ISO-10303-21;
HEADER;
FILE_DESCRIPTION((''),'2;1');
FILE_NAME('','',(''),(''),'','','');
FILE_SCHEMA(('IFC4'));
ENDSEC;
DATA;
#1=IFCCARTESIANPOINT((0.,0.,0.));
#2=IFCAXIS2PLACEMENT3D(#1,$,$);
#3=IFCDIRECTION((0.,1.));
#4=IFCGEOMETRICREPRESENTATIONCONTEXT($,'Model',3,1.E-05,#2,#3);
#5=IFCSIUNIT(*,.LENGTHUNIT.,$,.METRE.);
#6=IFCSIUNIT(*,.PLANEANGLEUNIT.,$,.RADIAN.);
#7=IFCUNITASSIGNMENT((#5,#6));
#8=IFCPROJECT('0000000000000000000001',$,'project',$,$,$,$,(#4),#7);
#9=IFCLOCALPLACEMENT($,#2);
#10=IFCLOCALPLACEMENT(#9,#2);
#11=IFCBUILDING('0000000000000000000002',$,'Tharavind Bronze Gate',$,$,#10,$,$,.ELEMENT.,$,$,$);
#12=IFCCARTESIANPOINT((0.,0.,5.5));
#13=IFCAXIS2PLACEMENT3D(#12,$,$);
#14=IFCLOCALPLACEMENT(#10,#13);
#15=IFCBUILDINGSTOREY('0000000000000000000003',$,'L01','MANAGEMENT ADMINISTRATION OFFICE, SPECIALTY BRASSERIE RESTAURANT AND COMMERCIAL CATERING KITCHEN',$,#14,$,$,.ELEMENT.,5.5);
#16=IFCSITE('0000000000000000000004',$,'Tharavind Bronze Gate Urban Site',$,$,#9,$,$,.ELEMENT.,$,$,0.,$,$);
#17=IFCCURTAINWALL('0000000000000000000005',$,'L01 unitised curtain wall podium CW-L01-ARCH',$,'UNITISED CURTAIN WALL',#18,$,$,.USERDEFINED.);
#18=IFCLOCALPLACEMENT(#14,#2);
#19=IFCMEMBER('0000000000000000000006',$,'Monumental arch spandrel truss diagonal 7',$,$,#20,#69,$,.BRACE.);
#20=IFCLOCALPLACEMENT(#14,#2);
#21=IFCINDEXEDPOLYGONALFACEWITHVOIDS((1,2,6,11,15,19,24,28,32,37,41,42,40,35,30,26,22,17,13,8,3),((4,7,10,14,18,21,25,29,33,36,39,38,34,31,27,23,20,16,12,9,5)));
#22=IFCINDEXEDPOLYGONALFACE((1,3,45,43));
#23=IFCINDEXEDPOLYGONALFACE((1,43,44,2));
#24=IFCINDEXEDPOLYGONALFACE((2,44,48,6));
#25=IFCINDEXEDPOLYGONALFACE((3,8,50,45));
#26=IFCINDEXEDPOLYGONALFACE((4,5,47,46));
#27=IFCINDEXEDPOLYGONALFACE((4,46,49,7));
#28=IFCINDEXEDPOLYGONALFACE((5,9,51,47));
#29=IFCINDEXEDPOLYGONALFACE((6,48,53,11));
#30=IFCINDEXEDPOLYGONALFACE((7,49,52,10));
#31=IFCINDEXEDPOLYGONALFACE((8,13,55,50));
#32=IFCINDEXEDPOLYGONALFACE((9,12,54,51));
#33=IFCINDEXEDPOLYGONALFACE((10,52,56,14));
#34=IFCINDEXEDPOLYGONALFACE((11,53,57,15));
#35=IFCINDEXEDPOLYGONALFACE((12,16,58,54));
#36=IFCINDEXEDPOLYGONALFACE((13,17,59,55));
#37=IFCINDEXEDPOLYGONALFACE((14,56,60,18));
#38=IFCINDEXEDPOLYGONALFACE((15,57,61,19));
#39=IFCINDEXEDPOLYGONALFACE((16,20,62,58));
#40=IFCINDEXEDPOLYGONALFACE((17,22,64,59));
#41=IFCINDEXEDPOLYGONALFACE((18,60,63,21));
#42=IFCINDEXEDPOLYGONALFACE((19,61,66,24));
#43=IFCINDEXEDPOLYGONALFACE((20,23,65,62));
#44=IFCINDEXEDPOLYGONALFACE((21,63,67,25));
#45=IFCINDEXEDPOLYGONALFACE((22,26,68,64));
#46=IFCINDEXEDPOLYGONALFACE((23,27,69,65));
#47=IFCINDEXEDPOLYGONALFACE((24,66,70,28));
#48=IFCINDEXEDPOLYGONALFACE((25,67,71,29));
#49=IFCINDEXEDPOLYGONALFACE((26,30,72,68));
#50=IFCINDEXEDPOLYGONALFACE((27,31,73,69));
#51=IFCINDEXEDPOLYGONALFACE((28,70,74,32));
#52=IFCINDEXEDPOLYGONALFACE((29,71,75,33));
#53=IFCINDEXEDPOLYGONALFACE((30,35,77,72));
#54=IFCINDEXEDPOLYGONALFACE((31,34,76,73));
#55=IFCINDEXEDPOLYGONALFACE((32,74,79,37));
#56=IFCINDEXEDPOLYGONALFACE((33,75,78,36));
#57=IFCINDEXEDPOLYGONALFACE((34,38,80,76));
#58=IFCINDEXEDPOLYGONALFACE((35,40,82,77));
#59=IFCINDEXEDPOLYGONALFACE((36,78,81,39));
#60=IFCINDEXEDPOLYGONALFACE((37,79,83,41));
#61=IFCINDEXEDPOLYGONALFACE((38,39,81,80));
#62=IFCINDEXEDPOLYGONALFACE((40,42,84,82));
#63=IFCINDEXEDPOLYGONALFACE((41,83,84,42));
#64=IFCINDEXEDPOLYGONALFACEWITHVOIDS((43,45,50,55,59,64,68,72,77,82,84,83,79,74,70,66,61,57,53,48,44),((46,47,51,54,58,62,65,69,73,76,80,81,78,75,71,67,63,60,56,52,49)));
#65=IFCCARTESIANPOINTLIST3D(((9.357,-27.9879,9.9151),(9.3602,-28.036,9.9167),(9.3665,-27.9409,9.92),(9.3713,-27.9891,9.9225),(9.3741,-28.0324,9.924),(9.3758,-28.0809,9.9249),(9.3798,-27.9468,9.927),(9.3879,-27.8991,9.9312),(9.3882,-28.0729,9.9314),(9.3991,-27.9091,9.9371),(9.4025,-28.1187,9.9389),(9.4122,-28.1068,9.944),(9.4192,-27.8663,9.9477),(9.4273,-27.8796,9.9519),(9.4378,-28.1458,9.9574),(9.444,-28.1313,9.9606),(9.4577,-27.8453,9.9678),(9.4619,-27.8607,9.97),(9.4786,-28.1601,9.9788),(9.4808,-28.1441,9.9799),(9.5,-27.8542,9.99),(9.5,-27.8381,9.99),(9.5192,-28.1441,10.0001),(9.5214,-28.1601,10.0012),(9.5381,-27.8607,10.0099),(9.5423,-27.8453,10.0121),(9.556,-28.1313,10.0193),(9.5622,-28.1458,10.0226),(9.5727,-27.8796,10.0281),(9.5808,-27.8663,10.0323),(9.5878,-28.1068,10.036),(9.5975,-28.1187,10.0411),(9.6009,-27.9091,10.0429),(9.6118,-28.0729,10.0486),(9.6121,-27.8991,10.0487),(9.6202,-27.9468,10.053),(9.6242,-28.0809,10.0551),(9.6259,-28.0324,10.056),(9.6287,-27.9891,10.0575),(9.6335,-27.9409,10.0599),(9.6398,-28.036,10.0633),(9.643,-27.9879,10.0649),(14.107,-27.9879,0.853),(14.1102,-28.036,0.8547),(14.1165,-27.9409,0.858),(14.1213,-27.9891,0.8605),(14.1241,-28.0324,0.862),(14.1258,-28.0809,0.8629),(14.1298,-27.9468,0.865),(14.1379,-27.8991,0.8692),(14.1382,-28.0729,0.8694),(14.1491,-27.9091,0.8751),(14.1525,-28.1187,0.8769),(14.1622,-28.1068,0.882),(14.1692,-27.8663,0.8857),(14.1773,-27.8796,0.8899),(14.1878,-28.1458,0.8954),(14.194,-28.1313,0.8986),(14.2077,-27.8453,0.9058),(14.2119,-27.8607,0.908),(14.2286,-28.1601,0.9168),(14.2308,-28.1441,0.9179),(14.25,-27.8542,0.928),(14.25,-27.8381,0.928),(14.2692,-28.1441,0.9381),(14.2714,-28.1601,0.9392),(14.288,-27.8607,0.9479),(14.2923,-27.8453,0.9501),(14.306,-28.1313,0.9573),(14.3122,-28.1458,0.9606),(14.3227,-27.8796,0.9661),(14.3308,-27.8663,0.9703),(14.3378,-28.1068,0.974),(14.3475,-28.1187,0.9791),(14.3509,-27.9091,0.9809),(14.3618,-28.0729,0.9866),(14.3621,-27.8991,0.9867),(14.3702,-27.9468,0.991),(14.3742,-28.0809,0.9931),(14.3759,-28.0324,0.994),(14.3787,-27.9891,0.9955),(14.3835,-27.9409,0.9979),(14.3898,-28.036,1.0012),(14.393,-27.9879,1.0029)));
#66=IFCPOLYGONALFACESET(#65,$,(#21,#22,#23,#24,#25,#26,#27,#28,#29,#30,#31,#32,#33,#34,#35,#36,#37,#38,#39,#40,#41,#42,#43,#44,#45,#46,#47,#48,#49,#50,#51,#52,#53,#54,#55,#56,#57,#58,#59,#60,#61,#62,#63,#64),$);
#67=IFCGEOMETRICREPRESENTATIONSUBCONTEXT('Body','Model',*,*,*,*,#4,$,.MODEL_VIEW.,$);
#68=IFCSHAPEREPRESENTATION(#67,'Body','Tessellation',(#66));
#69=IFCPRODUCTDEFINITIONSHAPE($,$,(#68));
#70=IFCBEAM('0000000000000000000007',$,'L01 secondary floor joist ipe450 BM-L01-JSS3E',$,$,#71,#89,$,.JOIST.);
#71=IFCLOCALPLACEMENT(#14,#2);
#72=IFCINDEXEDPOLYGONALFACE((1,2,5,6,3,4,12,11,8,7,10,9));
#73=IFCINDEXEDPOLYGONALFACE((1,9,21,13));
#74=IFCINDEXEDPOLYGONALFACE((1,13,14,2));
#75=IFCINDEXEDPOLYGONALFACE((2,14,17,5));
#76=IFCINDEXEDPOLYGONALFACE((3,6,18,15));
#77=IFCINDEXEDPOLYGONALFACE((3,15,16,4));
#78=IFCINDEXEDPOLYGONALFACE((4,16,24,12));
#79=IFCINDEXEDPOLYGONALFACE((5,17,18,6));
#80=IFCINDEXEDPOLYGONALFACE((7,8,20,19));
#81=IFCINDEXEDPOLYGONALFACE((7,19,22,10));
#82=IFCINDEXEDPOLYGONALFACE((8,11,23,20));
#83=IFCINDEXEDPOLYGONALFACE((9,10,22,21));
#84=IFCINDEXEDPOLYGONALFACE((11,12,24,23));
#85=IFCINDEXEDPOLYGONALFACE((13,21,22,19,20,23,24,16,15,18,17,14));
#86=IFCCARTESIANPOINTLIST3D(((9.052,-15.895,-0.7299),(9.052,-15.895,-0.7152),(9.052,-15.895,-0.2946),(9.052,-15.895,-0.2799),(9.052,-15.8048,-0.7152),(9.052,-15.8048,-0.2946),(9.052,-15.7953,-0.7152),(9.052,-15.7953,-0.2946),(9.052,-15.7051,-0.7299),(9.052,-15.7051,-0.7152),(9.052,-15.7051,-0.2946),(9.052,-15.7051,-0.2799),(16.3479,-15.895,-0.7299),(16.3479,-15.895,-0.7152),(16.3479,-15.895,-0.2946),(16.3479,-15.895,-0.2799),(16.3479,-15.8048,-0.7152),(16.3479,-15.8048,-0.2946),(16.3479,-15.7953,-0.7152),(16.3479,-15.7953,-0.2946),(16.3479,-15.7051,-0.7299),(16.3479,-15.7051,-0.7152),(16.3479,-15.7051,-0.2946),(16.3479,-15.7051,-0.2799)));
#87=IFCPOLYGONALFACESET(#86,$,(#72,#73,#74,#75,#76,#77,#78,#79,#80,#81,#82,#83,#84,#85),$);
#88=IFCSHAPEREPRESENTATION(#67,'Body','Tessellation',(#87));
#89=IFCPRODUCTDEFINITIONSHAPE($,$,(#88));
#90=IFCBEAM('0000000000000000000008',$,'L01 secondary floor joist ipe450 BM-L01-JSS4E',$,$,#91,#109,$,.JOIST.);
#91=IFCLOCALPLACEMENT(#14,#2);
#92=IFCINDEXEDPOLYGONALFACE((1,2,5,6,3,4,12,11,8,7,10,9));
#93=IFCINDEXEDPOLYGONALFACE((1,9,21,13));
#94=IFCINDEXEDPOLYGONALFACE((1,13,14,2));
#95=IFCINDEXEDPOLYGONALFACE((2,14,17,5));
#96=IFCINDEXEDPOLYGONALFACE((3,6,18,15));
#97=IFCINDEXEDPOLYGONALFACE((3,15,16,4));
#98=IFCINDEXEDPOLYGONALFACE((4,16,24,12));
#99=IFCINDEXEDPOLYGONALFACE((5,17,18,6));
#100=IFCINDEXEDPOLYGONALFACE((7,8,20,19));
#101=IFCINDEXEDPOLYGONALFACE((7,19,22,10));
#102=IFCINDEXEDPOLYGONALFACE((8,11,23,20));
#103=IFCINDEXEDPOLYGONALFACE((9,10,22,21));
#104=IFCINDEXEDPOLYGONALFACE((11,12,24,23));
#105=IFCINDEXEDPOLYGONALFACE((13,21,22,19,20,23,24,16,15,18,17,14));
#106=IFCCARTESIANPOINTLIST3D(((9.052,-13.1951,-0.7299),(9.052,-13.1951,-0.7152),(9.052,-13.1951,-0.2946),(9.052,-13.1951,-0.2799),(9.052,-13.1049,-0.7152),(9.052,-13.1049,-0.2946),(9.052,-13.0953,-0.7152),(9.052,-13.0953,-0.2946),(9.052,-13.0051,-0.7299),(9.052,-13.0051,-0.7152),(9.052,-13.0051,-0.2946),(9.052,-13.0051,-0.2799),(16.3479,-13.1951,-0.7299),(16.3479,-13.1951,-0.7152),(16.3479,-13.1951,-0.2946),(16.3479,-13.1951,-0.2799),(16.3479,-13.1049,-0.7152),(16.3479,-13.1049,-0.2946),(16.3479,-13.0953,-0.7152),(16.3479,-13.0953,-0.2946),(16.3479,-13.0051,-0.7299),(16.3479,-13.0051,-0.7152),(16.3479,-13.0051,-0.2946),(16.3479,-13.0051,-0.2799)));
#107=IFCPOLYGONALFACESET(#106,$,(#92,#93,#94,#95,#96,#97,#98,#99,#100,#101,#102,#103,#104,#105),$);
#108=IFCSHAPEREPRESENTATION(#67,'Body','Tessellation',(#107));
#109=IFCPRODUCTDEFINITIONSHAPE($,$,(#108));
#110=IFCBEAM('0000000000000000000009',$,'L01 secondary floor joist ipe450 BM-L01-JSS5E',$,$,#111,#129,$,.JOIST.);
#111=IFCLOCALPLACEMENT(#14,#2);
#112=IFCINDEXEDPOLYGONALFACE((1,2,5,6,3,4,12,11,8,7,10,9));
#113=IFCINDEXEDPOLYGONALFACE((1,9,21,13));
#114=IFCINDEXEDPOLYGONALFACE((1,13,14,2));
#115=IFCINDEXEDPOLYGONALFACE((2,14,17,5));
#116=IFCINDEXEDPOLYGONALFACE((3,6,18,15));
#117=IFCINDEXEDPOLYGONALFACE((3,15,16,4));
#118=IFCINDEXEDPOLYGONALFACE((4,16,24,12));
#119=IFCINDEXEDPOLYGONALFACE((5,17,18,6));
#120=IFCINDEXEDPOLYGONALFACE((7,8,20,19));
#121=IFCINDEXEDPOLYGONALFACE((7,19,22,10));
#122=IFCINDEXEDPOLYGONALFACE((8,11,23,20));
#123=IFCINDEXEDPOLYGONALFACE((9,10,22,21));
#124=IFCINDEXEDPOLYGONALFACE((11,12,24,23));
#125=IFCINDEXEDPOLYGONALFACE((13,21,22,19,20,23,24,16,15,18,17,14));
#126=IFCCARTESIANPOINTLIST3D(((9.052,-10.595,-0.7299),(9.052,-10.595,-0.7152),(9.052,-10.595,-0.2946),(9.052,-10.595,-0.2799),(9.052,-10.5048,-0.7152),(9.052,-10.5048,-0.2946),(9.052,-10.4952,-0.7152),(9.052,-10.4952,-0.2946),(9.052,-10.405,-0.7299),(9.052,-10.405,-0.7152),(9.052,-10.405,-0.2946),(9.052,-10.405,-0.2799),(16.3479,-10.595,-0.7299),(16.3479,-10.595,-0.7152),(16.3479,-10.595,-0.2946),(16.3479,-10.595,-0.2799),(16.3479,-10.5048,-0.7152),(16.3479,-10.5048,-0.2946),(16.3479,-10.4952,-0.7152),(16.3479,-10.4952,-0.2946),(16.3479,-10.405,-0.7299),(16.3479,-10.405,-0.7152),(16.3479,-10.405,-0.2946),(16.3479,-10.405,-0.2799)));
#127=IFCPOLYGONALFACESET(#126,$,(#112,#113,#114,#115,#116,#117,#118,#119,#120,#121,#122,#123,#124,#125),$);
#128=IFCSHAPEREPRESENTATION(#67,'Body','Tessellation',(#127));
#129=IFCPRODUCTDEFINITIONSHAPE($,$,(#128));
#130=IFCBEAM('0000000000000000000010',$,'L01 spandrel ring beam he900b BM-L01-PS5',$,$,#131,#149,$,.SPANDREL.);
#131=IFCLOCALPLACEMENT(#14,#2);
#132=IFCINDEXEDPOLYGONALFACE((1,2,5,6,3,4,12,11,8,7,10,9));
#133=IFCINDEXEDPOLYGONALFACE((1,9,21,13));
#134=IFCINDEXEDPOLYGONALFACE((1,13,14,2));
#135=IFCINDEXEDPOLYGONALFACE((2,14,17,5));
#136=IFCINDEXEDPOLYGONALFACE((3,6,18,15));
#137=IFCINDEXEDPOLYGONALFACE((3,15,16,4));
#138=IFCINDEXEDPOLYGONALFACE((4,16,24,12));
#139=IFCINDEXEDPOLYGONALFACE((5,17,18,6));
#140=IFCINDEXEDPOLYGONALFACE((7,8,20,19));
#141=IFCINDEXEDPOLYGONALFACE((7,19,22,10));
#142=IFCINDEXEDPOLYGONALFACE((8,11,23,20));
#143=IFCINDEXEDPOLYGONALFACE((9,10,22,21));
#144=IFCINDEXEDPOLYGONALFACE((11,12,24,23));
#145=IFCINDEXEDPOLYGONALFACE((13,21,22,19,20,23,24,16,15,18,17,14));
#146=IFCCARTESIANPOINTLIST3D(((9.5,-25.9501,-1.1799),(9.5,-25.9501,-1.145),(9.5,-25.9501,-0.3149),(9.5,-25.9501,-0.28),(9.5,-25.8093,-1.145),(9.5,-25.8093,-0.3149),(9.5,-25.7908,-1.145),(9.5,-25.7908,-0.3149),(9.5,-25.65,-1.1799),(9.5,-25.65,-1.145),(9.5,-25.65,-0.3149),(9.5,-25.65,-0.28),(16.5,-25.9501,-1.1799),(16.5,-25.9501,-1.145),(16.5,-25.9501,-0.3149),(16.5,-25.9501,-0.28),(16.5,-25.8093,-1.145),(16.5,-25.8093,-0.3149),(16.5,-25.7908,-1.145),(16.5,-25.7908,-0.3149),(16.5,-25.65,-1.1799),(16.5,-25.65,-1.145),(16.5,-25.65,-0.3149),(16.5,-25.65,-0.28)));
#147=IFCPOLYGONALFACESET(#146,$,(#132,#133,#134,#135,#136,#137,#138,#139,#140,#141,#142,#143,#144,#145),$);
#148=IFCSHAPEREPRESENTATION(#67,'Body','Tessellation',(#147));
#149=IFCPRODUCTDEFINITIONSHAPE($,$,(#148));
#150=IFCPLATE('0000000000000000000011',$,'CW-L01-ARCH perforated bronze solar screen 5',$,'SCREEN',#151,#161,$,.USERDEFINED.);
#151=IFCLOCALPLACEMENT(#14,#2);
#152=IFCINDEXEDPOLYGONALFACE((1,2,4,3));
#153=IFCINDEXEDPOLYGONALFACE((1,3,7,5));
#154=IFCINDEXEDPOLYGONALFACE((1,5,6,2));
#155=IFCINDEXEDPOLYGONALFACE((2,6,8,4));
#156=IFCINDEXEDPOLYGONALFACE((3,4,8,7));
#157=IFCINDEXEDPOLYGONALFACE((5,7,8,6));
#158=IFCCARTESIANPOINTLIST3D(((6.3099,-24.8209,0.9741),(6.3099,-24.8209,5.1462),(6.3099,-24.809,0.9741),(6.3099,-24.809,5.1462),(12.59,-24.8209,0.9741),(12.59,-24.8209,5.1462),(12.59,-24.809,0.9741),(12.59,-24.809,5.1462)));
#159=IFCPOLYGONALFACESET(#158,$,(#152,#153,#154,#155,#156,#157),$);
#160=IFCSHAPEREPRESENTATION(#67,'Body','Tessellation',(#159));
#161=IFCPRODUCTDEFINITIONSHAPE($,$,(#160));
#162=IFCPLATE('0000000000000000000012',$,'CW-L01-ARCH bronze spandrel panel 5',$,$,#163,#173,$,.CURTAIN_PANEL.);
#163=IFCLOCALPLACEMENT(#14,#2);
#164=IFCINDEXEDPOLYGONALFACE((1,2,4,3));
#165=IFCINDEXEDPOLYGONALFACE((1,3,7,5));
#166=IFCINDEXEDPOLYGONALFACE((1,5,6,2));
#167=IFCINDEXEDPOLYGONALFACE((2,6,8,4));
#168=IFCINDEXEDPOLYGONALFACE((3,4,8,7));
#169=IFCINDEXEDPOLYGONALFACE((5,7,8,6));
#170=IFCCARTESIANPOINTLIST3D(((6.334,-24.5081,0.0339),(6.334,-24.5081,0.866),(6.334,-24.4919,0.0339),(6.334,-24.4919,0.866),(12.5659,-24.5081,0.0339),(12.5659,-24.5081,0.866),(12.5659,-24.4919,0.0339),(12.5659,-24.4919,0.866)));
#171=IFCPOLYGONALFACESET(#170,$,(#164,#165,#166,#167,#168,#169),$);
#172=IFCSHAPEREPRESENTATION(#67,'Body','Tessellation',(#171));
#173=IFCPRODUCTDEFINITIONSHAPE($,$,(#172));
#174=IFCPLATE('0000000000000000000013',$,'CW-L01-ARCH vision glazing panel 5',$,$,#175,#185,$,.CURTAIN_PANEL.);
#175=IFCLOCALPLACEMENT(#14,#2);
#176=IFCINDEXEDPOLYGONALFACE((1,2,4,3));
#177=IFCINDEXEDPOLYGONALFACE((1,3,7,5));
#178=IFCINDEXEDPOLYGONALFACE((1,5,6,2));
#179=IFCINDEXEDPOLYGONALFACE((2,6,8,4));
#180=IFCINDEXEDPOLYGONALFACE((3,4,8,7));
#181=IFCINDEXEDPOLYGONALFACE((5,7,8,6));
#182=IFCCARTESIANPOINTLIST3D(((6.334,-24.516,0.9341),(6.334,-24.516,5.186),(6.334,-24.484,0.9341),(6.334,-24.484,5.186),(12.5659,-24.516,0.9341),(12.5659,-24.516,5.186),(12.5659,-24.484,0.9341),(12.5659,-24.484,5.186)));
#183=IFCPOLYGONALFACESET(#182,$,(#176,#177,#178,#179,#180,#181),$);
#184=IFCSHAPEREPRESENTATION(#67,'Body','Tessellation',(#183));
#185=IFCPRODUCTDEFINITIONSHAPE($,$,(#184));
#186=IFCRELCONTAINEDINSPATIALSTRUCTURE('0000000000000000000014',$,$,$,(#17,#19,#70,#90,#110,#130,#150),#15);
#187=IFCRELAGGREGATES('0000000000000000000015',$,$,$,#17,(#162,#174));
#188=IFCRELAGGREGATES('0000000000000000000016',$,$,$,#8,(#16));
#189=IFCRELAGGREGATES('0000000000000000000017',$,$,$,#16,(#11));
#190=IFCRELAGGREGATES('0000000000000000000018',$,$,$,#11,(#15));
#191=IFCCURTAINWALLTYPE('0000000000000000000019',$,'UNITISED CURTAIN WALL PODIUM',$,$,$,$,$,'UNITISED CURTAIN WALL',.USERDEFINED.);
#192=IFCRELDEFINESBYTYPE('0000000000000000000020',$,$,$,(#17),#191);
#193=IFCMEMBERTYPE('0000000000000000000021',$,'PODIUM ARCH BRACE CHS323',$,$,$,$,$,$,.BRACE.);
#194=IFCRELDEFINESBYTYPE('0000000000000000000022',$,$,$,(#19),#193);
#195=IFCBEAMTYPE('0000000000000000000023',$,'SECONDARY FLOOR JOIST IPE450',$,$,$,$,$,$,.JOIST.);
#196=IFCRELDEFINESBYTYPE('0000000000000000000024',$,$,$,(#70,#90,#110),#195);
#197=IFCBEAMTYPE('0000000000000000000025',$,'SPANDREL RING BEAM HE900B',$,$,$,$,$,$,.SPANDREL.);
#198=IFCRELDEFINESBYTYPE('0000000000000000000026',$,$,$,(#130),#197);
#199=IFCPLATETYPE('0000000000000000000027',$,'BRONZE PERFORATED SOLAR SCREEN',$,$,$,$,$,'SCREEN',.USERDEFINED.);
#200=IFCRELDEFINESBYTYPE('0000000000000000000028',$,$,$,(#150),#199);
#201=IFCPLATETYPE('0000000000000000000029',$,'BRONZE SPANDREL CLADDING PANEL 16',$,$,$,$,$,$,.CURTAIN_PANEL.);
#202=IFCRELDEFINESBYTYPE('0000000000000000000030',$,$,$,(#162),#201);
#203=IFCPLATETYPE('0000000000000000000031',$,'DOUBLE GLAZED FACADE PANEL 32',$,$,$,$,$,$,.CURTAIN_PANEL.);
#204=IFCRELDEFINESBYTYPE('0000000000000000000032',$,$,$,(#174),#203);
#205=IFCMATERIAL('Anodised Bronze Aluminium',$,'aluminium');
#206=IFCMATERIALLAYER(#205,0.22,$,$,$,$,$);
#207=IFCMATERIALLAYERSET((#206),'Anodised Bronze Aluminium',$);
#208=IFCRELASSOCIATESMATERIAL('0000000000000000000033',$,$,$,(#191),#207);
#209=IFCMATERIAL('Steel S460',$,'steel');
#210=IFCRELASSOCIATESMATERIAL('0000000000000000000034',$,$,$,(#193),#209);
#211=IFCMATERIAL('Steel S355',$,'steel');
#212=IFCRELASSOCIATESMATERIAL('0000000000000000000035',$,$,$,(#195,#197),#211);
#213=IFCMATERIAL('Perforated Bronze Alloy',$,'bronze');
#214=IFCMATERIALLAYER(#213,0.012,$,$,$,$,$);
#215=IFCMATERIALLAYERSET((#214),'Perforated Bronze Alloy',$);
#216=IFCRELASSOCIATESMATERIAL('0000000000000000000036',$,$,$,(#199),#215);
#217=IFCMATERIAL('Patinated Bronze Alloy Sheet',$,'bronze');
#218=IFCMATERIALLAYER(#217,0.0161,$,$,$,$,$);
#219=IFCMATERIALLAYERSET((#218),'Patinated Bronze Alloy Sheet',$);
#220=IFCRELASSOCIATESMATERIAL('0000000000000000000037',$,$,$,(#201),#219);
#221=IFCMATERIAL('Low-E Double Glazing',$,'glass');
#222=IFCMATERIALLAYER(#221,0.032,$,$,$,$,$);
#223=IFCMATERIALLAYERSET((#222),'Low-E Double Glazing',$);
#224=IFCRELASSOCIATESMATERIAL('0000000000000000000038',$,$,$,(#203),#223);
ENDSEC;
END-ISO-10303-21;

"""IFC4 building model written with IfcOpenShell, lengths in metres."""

from ifc_helpers import new_model, si_unit, direction, frame, origin, origin_2d, place, context, subcontext, project, spatial, rectangle, hollow_circle, i_section, extrude, material, layer, layer_set, material_profile, profile_set, type_object, element, aggregate, save


model = new_model("IFC4")

# Units and contexts
model_context = context("Model", 3, precision=1e-05, world=origin(), true_north=direction((0.0, 1.0)))
body_context = subcontext(model_context, "Body", "Model", "MODEL_VIEW")
ifc_project = project(units=[si_unit("LENGTHUNIT", "METRE"), si_unit("PLANEANGLEUNIT", "RADIAN")], contexts=[model_context])

# Site, building, storey
site_placement = place(None, origin())
site = spatial("IfcSite", under=ifc_project, at=site_placement, Name="Tharavind Bronze Gate Urban Site", CompositionType="ELEMENT", RefElevation=0.0)
building_placement = place(site_placement, origin())
building = spatial("IfcBuilding", under=site, at=building_placement, Name="Tharavind Bronze Gate", CompositionType="ELEMENT")
storey_placement = place(building_placement, frame((0.0, 0.0, 5.5)))
storey = spatial("IfcBuildingStorey", under=building, at=storey_placement, Name="L01", Description="MANAGEMENT ADMINISTRATION OFFICE, SPECIALTY BRASSERIE RESTAURANT AND COMMERCIAL CATERING KITCHEN", CompositionType="ELEMENT", Elevation=5.5)

# Shared definitions
ifc_material_1 = material(Name="Steel S460", Category="steel")

# Curtain wall
ifc_material_2 = material(Name="Anodised Bronze Aluminium", Category="aluminium")
ifc_layer_1 = layer(ifc_material_2, 0.22)
ifc_layer_set_1 = layer_set([ifc_layer_1], Name="Anodised Bronze Aluminium")
curtain_wall_type = type_object("IfcCurtainWallType", Name="UNITISED CURTAIN WALL PODIUM", ElementType="UNITISED CURTAIN WALL", PredefinedType="USERDEFINED", material=ifc_layer_set_1)
curtain_wall_placement = place(storey_placement, origin())
curtain_wall = element("IfcCurtainWall", 1, at=curtain_wall_placement, inside=storey, type_object=curtain_wall_type, Name="L01 unitised curtain wall podium CW-L01-ARCH", ObjectType="UNITISED CURTAIN WALL", PredefinedType="USERDEFINED")

# Member
ifc_material_profile_1 = material_profile(ifc_material_1, hollow_circle(Radius=0.1619, WallThickness=0.0161, at=origin_2d()), Name="CHS323X16")
ifc_profile_set_1 = profile_set([ifc_material_profile_1], Name="Steel S460")
member_type_1 = type_object("IfcMemberType", Name="PODIUM ARCH BRACE CHS323", PredefinedType="BRACE", material=ifc_profile_set_1)
member_1_placement = place(storey_placement, frame((9.5, -28.0, 9.99), z_axis=(0.464255, 0.0, -0.885702), x_axis=(0.0, 1.0, 0.0)))
element("IfcMember", 2, at=member_1_placement, inside=storey, type_object=member_type_1, Name="Monumental arch spandrel truss diagonal 7", PredefinedType="BRACE", context=body_context, shape_type="SweptSolid", body=[
    extrude(hollow_circle(Radius=0.1619, WallThickness=0.0161, at=origin_2d()), origin(), (0.0, 0.0, 1.0), 10.2314),
])

# Beams
ifc_material_3 = material(Name="Steel S355", Category="steel")
ifc_material_profile_2 = material_profile(ifc_material_3, i_section(OverallWidth=0.1899, OverallDepth=0.45, WebThickness=0.0095, FlangeThickness=0.0146, at=origin_2d()), Name="IPE450")
ifc_profile_set_2 = profile_set([ifc_material_profile_2], Name="Steel S355")
beam_type_1 = type_object("IfcBeamType", Name="SECONDARY FLOOR JOIST IPE450", PredefinedType="JOIST", material=ifc_profile_set_2)
for number, where, z_axis, x_axis, name in (
    (3, (9.052, -15.8, -0.5049), (1.0, 0.0, 0.0), (0.0, 1.0, 0.0), "L01 secondary floor joist ipe450 BM-L01-JSS3E"),
    (4, (9.052, -13.1001, -0.5049), (1.0, 0.0, 0.0), (0.0, 1.0, 0.0), "L01 secondary floor joist ipe450 BM-L01-JSS4E"),
    (5, (9.052, -10.5, -0.5049), (1.0, 0.0, 0.0), (0.0, 1.0, 0.0), "L01 secondary floor joist ipe450 BM-L01-JSS5E"),
):
    element("IfcBeam", number, at=place(storey_placement, frame(where, z_axis=z_axis, x_axis=x_axis)), inside=storey, type_object=beam_type_1, Name=name, PredefinedType="JOIST", context=body_context, shape_type="SweptSolid", body=[
        extrude(i_section(OverallWidth=0.1899, OverallDepth=0.45, WebThickness=0.0095, FlangeThickness=0.0146, at=origin_2d()), origin(), (0.0, 0.0, 1.0), 7.2959),
    ])
ifc_material_profile_3 = material_profile(ifc_material_3, i_section(OverallWidth=0.3, OverallDepth=0.8999, WebThickness=0.0186, FlangeThickness=0.0349, at=origin_2d()), Name="HE900B")
ifc_profile_set_3 = profile_set([ifc_material_profile_3], Name="Steel S355")
beam_type_2 = type_object("IfcBeamType", Name="SPANDREL RING BEAM HE900B", PredefinedType="SPANDREL", material=ifc_profile_set_3)
beam_1_placement = place(storey_placement, frame((9.5, -25.8, -0.73), z_axis=(1.0, 0.0, 0.0), x_axis=(0.0, 1.0, 0.0)))
element("IfcBeam", 6, at=beam_1_placement, inside=storey, type_object=beam_type_2, Name="L01 spandrel ring beam he900b BM-L01-PS5", PredefinedType="SPANDREL", context=body_context, shape_type="SweptSolid", body=[
    extrude(i_section(OverallWidth=0.3, OverallDepth=0.8999, WebThickness=0.0186, FlangeThickness=0.0349, at=origin_2d()), origin(), (0.0, 0.0, 1.0), 7.0),
])

# Plates
ifc_material_4 = material(Name="Perforated Bronze Alloy", Category="bronze")
ifc_layer_2 = layer(ifc_material_4, 0.012)
ifc_layer_set_2 = layer_set([ifc_layer_2], Name="Perforated Bronze Alloy")
plate_type_1 = type_object("IfcPlateType", Name="BRONZE PERFORATED SOLAR SCREEN", ElementType="SCREEN", PredefinedType="USERDEFINED", material=ifc_layer_set_2)
plate_1_placement = place(storey_placement, frame((9.45, -24.8149, 0.9741), z_axis=(0.0, 0.0, 1.0), x_axis=(1.0, 0.0, 0.0)))
element("IfcPlate", 7, at=plate_1_placement, inside=storey, type_object=plate_type_1, Name="CW-L01-ARCH perforated bronze solar screen 5", ObjectType="SCREEN", PredefinedType="USERDEFINED", context=body_context, shape_type="SweptSolid", body=[
    extrude(rectangle(XDim=6.28, YDim=0.012, at=origin_2d()), origin(), (0.0, 0.0, 1.0), 4.1721),
])
ifc_material_5 = material(Name="Patinated Bronze Alloy Sheet", Category="bronze")
ifc_layer_3 = layer(ifc_material_5, 0.0161)
ifc_layer_set_3 = layer_set([ifc_layer_3], Name="Patinated Bronze Alloy Sheet")
plate_type_2 = type_object("IfcPlateType", Name="BRONZE SPANDREL CLADDING PANEL 16", PredefinedType="CURTAIN_PANEL", material=ifc_layer_set_3)
plate_2_placement = place(storey_placement, frame((9.45, -24.5, 0.0339), z_axis=(0.0, 0.0, 1.0), x_axis=(1.0, 0.0, 0.0)))
plate_2 = element("IfcPlate", 8, at=plate_2_placement, type_object=plate_type_2, Name="CW-L01-ARCH bronze spandrel panel 5", PredefinedType="CURTAIN_PANEL", context=body_context, shape_type="SweptSolid", body=[
    extrude(rectangle(XDim=6.2319, YDim=0.0161, at=origin_2d()), origin(), (0.0, 0.0, 1.0), 0.832),
])
ifc_material_6 = material(Name="Low-E Double Glazing", Category="glass")
ifc_layer_4 = layer(ifc_material_6, 0.032)
ifc_layer_set_4 = layer_set([ifc_layer_4], Name="Low-E Double Glazing")
plate_type_3 = type_object("IfcPlateType", Name="DOUBLE GLAZED FACADE PANEL 32", PredefinedType="CURTAIN_PANEL", material=ifc_layer_set_4)
plate_3_placement = place(storey_placement, frame((9.45, -24.5, 0.9341), z_axis=(0.0, 0.0, 1.0), x_axis=(1.0, 0.0, 0.0)))
plate_3 = element("IfcPlate", 9, at=plate_3_placement, type_object=plate_type_3, Name="CW-L01-ARCH vision glazing panel 5", PredefinedType="CURTAIN_PANEL", context=body_context, shape_type="SweptSolid", body=[
    extrude(rectangle(XDim=6.2319, YDim=0.032, at=origin_2d()), origin(), (0.0, 0.0, 1.0), 4.252),
])
aggregate(curtain_wall, [plate_2, plate_3])

save(model, "model.ifc")
